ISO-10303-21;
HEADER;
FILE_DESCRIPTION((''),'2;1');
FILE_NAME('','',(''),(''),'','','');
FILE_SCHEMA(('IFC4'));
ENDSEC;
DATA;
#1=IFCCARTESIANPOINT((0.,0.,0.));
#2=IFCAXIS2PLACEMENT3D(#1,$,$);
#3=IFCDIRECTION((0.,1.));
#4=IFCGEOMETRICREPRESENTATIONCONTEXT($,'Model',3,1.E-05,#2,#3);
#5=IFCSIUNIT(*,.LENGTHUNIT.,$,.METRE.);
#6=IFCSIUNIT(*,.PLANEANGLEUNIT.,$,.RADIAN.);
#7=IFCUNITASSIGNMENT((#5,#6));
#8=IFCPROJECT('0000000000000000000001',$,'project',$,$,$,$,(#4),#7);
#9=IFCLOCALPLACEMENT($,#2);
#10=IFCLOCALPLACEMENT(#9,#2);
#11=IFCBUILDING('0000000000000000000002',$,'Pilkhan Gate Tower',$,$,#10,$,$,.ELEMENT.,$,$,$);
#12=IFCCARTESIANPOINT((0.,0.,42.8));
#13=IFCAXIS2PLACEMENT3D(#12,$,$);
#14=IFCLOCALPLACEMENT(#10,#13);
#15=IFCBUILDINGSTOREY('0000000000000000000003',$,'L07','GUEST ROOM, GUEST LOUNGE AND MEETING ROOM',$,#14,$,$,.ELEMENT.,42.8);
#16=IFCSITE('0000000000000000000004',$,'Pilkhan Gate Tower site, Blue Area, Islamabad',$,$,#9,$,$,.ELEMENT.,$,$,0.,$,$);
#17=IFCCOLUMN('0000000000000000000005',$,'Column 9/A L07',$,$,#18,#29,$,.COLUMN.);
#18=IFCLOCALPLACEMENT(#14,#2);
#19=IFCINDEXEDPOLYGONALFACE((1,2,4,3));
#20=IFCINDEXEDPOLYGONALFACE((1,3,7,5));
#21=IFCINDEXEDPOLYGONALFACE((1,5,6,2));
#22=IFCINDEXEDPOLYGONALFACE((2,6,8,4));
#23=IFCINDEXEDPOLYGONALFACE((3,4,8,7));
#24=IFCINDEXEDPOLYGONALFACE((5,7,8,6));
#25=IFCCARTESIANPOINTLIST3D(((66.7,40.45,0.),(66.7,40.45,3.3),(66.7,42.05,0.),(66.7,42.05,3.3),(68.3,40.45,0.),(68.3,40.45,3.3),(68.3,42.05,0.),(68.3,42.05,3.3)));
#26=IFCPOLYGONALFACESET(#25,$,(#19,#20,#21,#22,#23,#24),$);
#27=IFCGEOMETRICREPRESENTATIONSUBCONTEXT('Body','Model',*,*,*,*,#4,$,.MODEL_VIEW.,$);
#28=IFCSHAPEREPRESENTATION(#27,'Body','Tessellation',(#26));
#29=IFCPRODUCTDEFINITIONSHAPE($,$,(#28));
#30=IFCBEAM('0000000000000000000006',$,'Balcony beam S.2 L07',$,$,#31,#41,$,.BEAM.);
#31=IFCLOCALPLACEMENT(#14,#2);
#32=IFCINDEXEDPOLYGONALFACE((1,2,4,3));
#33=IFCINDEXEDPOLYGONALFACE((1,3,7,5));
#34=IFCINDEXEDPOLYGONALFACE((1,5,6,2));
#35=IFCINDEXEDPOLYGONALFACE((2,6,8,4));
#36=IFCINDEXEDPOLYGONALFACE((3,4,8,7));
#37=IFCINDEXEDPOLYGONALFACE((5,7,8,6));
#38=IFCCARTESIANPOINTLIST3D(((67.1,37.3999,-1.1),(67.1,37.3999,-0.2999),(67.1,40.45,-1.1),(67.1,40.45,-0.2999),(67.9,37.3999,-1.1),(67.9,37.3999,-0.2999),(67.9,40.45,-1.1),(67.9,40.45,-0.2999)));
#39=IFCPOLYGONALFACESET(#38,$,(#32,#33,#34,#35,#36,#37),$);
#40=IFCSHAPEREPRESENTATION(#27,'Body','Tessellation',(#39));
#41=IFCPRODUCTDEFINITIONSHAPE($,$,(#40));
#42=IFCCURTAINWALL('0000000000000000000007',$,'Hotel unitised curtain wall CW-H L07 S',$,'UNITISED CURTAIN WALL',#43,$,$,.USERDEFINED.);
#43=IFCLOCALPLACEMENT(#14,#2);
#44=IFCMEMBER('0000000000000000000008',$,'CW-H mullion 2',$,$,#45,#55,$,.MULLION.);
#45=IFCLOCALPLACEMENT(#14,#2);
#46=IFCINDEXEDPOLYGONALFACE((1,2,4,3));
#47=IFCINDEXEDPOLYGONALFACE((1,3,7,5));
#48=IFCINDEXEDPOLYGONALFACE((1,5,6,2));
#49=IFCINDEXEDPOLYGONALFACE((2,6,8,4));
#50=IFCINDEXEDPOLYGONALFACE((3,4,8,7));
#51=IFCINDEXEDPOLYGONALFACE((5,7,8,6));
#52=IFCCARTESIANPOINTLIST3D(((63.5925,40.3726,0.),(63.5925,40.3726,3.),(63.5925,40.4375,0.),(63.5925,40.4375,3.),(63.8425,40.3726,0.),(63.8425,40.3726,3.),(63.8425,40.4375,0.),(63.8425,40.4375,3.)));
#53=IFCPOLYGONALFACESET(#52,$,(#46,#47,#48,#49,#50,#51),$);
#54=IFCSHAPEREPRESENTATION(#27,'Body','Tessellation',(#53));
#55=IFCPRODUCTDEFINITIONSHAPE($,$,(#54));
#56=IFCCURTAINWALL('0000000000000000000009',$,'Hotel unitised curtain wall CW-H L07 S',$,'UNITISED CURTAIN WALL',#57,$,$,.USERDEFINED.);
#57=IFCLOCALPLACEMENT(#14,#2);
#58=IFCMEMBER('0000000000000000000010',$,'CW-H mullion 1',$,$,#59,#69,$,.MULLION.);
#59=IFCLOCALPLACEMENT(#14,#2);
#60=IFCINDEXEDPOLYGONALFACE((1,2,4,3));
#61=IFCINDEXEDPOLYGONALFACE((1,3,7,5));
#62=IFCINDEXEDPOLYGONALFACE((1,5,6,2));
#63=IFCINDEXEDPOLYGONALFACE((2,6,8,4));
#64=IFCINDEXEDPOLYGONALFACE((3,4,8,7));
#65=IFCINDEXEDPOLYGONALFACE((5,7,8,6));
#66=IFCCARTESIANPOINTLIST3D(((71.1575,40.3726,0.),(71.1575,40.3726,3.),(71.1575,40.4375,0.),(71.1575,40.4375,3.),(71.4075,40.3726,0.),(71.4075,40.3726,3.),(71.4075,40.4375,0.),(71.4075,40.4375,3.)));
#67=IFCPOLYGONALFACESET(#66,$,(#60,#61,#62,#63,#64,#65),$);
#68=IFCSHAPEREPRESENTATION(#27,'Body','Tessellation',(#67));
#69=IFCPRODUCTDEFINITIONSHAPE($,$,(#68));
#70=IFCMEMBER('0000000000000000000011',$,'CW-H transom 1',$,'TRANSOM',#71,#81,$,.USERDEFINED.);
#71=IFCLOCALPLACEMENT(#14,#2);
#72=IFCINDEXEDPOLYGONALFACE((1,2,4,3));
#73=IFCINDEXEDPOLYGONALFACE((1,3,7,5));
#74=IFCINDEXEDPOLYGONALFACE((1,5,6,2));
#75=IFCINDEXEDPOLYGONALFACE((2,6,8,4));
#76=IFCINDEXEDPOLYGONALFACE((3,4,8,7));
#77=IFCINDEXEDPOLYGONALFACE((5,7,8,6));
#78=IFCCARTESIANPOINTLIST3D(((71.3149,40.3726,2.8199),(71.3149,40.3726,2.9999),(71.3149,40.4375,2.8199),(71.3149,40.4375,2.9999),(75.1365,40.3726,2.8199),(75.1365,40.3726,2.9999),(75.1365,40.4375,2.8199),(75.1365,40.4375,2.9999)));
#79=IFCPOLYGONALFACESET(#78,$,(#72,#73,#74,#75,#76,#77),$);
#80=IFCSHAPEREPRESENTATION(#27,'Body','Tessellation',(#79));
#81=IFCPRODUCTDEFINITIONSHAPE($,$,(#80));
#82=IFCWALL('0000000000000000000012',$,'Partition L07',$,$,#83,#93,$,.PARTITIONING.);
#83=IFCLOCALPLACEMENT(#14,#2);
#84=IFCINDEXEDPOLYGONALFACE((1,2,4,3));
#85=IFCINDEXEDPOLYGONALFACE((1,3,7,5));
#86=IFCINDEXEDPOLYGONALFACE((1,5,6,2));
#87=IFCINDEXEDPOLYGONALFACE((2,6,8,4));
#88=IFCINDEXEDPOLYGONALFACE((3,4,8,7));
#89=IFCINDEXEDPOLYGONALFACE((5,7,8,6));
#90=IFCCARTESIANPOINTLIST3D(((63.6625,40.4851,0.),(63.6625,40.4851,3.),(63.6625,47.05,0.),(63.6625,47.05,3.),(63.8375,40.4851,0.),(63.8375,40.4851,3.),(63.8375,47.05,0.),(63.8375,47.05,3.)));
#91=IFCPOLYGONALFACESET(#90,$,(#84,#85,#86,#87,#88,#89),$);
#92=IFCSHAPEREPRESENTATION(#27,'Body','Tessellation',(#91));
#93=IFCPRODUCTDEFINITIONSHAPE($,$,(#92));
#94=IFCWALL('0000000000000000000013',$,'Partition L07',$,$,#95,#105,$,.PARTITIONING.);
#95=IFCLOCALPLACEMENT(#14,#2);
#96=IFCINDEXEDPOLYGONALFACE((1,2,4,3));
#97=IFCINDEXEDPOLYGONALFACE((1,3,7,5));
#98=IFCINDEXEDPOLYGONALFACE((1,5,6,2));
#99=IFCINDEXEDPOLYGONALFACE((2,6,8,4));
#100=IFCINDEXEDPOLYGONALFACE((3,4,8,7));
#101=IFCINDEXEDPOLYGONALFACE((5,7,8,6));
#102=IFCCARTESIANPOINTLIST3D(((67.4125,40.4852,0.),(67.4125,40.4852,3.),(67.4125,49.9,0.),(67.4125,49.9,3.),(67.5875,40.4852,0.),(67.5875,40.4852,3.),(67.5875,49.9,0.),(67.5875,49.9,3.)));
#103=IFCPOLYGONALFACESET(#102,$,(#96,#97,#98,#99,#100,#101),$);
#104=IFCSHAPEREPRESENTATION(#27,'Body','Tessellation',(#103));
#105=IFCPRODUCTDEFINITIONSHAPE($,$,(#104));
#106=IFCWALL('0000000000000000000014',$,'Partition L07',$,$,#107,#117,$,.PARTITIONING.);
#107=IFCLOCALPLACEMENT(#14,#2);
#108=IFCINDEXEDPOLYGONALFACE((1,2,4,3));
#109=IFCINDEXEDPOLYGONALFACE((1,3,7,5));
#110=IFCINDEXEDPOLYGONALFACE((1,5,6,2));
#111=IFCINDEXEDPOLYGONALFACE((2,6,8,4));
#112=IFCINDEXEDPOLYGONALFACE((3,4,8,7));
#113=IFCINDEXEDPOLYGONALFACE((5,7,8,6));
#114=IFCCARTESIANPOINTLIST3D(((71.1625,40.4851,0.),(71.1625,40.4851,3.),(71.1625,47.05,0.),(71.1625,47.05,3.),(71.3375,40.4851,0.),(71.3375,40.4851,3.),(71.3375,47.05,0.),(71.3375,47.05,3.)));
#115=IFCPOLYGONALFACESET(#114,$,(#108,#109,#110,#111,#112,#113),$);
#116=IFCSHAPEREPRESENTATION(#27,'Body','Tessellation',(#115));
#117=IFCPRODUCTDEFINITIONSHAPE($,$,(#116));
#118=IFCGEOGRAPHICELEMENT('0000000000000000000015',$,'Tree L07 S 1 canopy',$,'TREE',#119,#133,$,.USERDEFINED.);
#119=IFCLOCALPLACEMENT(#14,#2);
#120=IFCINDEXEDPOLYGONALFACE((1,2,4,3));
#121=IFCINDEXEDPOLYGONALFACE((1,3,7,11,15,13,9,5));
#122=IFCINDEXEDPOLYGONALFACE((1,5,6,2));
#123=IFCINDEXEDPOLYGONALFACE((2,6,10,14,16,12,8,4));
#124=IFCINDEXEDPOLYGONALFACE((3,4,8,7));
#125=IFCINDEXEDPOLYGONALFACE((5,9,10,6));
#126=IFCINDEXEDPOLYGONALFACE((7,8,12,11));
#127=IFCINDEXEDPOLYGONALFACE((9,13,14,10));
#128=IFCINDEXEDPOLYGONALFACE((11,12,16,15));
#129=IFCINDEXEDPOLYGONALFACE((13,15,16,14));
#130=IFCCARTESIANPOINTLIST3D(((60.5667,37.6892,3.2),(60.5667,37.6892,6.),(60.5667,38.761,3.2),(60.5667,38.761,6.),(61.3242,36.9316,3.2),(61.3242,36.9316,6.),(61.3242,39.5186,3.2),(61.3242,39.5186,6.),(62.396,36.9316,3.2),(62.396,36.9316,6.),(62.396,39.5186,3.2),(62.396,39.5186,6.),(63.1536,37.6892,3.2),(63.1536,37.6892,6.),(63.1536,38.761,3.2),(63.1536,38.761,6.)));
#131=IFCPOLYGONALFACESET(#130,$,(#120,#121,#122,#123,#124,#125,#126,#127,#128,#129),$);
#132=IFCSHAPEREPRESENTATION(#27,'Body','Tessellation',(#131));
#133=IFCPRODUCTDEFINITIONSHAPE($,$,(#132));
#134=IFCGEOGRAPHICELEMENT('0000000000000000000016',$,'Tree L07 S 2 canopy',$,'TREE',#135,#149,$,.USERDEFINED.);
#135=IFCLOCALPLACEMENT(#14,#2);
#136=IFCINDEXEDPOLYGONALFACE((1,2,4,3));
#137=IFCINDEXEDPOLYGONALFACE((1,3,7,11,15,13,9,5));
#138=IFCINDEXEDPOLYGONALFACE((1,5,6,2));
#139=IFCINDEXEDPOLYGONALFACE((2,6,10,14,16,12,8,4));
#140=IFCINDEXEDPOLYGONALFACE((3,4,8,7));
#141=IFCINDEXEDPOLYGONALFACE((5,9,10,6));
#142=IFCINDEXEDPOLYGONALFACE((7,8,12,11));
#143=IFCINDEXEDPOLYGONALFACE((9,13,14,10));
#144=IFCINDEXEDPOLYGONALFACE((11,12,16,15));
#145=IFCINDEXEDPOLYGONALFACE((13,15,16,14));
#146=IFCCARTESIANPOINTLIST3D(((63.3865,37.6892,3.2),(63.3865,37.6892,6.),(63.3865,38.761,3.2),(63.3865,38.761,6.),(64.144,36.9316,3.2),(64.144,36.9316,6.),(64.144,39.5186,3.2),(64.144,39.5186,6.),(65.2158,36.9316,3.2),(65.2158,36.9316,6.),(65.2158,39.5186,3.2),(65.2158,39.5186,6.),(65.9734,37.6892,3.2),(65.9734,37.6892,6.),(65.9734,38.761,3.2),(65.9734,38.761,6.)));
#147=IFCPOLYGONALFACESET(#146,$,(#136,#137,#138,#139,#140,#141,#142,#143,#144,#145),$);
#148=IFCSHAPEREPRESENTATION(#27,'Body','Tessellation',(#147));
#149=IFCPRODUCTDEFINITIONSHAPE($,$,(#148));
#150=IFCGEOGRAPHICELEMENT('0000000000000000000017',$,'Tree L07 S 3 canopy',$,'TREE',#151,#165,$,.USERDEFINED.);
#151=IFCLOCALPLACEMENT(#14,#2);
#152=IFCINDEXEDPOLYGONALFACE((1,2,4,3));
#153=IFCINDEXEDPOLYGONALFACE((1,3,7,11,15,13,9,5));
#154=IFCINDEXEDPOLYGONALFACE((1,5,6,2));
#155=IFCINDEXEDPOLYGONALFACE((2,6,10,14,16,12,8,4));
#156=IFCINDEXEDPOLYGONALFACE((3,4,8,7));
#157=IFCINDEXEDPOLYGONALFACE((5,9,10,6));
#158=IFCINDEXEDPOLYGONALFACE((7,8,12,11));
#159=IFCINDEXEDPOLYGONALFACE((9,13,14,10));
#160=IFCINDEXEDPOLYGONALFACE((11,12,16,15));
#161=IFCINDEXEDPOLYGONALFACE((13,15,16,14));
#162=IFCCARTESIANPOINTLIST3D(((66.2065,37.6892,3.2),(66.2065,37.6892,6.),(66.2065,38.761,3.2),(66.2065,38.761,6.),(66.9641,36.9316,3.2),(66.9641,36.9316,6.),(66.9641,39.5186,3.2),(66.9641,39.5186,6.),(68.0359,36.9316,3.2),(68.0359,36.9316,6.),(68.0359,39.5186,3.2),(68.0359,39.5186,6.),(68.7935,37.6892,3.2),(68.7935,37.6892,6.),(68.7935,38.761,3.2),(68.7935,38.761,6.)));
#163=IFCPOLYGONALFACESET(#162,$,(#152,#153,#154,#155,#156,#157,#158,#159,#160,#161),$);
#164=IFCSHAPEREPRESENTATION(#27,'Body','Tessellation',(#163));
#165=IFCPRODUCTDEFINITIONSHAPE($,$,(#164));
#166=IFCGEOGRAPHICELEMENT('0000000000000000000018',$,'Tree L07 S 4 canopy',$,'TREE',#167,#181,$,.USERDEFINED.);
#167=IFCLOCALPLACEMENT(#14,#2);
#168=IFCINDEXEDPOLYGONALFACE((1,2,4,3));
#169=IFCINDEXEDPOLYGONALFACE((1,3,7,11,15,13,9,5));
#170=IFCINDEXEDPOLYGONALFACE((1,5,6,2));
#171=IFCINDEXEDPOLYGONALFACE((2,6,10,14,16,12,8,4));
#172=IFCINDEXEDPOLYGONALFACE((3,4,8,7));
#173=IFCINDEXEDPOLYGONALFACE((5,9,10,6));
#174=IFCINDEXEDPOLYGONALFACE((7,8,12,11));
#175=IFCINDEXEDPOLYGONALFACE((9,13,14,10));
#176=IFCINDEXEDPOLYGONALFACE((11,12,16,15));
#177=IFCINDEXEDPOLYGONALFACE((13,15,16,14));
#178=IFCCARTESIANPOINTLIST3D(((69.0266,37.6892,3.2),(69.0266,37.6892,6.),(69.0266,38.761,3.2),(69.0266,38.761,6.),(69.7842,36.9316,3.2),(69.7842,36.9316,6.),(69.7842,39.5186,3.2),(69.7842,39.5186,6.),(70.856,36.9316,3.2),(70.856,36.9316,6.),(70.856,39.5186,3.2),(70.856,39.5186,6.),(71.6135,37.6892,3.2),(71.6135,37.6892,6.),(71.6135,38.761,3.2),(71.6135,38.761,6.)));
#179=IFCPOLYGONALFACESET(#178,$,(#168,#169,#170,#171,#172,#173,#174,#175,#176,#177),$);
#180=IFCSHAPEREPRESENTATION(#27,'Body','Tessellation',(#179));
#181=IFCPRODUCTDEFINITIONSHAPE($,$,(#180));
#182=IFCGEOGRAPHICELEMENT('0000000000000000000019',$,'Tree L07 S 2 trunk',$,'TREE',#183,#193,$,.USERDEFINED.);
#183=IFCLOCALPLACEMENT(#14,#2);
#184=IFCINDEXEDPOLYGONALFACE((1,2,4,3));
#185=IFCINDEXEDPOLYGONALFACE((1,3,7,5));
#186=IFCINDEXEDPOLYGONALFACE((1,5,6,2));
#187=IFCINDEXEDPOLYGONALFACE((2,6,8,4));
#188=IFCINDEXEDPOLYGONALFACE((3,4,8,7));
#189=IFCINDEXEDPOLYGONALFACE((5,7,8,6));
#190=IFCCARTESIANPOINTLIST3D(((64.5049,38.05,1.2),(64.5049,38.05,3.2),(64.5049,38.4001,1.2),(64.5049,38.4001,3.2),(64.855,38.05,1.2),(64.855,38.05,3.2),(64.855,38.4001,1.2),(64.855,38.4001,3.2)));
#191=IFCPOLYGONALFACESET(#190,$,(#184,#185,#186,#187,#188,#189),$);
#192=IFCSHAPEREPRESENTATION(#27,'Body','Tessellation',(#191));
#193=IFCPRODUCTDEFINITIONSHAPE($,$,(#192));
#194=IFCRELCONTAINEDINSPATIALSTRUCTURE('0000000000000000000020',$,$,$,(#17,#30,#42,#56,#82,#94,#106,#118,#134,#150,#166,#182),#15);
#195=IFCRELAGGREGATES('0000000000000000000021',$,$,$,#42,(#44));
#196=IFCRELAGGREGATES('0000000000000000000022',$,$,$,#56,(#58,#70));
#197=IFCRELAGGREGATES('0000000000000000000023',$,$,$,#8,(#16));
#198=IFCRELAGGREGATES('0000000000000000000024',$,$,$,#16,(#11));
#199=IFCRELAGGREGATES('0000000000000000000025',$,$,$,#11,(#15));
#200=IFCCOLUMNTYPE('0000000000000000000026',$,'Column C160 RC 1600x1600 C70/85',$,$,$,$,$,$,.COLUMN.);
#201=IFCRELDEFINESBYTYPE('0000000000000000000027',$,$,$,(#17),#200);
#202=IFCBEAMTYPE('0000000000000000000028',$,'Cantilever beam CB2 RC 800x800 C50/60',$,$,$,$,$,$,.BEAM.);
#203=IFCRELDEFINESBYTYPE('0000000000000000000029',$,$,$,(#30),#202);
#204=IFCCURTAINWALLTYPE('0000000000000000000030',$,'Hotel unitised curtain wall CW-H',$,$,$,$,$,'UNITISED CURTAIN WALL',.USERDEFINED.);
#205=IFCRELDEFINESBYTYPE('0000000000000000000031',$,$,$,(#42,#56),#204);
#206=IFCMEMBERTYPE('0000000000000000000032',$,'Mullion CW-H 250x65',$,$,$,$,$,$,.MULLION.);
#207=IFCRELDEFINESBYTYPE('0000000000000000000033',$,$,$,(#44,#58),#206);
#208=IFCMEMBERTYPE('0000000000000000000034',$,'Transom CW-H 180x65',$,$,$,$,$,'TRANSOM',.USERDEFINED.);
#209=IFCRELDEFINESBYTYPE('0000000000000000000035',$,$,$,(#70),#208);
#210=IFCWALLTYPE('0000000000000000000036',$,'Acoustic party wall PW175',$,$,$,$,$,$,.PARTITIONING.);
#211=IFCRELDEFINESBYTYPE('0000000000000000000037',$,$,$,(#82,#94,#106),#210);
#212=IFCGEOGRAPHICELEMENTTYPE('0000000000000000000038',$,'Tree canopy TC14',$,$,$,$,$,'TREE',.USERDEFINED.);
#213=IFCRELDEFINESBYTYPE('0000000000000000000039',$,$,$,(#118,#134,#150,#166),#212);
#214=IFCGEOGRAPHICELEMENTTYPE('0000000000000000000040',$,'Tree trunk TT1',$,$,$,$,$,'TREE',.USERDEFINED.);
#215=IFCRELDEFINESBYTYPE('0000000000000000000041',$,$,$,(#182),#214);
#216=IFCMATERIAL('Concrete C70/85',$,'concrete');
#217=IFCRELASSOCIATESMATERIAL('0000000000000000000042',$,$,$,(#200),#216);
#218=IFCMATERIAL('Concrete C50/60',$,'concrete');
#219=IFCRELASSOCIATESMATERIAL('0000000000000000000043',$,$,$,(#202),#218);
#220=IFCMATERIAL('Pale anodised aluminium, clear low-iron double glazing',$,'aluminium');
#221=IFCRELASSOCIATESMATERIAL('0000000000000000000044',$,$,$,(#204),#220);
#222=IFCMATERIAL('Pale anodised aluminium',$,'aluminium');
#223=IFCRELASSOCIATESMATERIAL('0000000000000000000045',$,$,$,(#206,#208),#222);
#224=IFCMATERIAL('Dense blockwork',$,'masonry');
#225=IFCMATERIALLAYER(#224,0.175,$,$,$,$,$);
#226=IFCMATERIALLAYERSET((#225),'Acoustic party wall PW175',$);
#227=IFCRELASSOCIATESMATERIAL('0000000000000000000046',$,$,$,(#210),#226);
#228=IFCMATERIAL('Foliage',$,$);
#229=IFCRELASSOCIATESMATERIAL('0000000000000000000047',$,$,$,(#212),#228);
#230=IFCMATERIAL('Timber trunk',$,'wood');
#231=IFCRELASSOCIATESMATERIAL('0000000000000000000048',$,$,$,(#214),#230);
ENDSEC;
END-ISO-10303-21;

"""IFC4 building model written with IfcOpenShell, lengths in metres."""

from ifc_helpers import new_model, si_unit, direction, frame, frame_2d, origin, origin_2d, place, context, subcontext, project, spatial, polyline, rectangle, outline, extrude, material, layer, layer_set, material_profile, profile_set, type_object, element, aggregate, save


model = new_model("IFC4")

# Units and contexts
model_context = context("Model", 3, precision=1e-05, world=origin(), true_north=direction((0.0, 1.0)))
body_context = subcontext(model_context, "Body", "Model", "MODEL_VIEW")
ifc_project = project(units=[si_unit("LENGTHUNIT", "METRE"), si_unit("PLANEANGLEUNIT", "RADIAN")], contexts=[model_context])

# Site, building, storey
site_placement = place(None, origin())
site = spatial("IfcSite", under=ifc_project, at=site_placement, Name="Pilkhan Gate Tower site, Blue Area, Islamabad", CompositionType="ELEMENT", RefElevation=0.0)
building_placement = place(site_placement, origin())
building = spatial("IfcBuilding", under=site, at=building_placement, Name="Pilkhan Gate Tower", CompositionType="ELEMENT")
storey_placement = place(building_placement, frame((0.0, 0.0, 42.8)))
storey = spatial("IfcBuildingStorey", under=building, at=storey_placement, Name="L07", Description="GUEST ROOM, GUEST LOUNGE AND MEETING ROOM", CompositionType="ELEMENT", Elevation=42.8)

# Column
ifc_material_1 = material(Name="Concrete C70/85", Category="concrete")
ifc_material_profile_1 = material_profile(ifc_material_1, rectangle(XDim=1.6001, YDim=1.6001, at=origin_2d()), Name="RC 1600x1600")
ifc_profile_set_1 = profile_set([ifc_material_profile_1], Name="Concrete C70/85")
column_type = type_object("IfcColumnType", Name="Column C160 RC 1600x1600 C70/85", PredefinedType="COLUMN", material=ifc_profile_set_1)
column_placement = place(storey_placement, frame((67.5, 41.25, 0.0), z_axis=(0.0, 0.0, 1.0), x_axis=(1.0, 0.0, 0.0)))
element("IfcColumn", 1, at=column_placement, inside=storey, type_object=column_type, Name="Column 9/A L07", PredefinedType="COLUMN", context=body_context, shape_type="SweptSolid", body=[
    extrude(rectangle(XDim=1.6001, YDim=1.6001, at=origin_2d()), origin(), (0.0, 0.0, 1.0), 3.3),
])

# Beam
ifc_material_2 = material(Name="Concrete C50/60", Category="concrete")
ifc_material_profile_2 = material_profile(ifc_material_2, rectangle(XDim=0.8, YDim=0.8, at=origin_2d()), Name="RC 800x800")
ifc_profile_set_2 = profile_set([ifc_material_profile_2], Name="Concrete C50/60")
beam_type = type_object("IfcBeamType", Name="Cantilever beam CB2 RC 800x800 C50/60", PredefinedType="BEAM", material=ifc_profile_set_2)
beam_placement = place(storey_placement, frame((67.5, 40.45, -0.7), z_axis=(0.0, -1.0, 0.0), x_axis=(1.0, 0.0, 0.0)))
element("IfcBeam", 2, at=beam_placement, inside=storey, type_object=beam_type, Name="Balcony beam S.2 L07", PredefinedType="BEAM", context=body_context, shape_type="SweptSolid", body=[
    extrude(rectangle(XDim=0.8, YDim=0.8, at=origin_2d()), origin(), (0.0, 0.0, 1.0), 3.05),
])

# Curtain wall, member
ifc_material_3 = material(Name="Pale anodised aluminium, clear low-iron double glazing", Category="aluminium")
curtain_wall_type = type_object("IfcCurtainWallType", Name="Hotel unitised curtain wall CW-H", ElementType="UNITISED CURTAIN WALL", PredefinedType="USERDEFINED", material=ifc_material_3)
curtain_wall_1_placement = place(storey_placement, origin())
curtain_wall_1 = element("IfcCurtainWall", 3, at=curtain_wall_1_placement, inside=storey, type_object=curtain_wall_type, Name="Hotel unitised curtain wall CW-H L07 S", ObjectType="UNITISED CURTAIN WALL", PredefinedType="USERDEFINED")
ifc_material_4 = material(Name="Pale anodised aluminium", Category="aluminium")
ifc_material_profile_3 = material_profile(ifc_material_4, rectangle(XDim=0.0649, YDim=0.25, at=origin_2d()), Name="Mullion 250x65")
ifc_profile_set_3 = profile_set([ifc_material_profile_3], Name="Pale anodised aluminium")
member_type_1 = type_object("IfcMemberType", Name="Mullion CW-H 250x65", PredefinedType="MULLION", material=ifc_profile_set_3)
member_1_placement = place(storey_placement, frame((63.7175, 40.405, 0.0), z_axis=(0.0, 0.0, 1.0), x_axis=(0.0, 1.0, 0.0)))
member_1 = element("IfcMember", 4, at=member_1_placement, type_object=member_type_1, Name="CW-H mullion 2", PredefinedType="MULLION", context=body_context, shape_type="SweptSolid", body=[
    extrude(rectangle(XDim=0.0649, YDim=0.25, at=origin_2d()), origin(), (0.0, 0.0, 1.0), 3.0),
])
aggregate(curtain_wall_1, [member_1])

# Curtain wall, members
curtain_wall_2_placement = place(storey_placement, origin())
curtain_wall_2 = element("IfcCurtainWall", 5, at=curtain_wall_2_placement, inside=storey, type_object=curtain_wall_type, Name="Hotel unitised curtain wall CW-H L07 S", ObjectType="UNITISED CURTAIN WALL", PredefinedType="USERDEFINED")
member_2_placement = place(storey_placement, frame((71.2825, 40.405, 0.0), z_axis=(0.0, 0.0, 1.0), x_axis=(0.0, 1.0, 0.0)))
member_2 = element("IfcMember", 6, at=member_2_placement, type_object=member_type_1, Name="CW-H mullion 1", PredefinedType="MULLION", context=body_context, shape_type="SweptSolid", body=[
    extrude(rectangle(XDim=0.0649, YDim=0.25, at=origin_2d()), origin(), (0.0, 0.0, 1.0), 3.0),
])
ifc_material_profile_4 = material_profile(ifc_material_4, rectangle(XDim=0.0649, YDim=0.1799, at=origin_2d()), Name="Transom 180x65")
ifc_profile_set_4 = profile_set([ifc_material_profile_4], Name="Pale anodised aluminium")
member_type_2 = type_object("IfcMemberType", Name="Transom CW-H 180x65", ElementType="TRANSOM", PredefinedType="USERDEFINED", material=ifc_profile_set_4)
member_3_placement = place(storey_placement, frame((71.3149, 40.405, 2.9099), z_axis=(1.0, 0.0, 0.0), x_axis=(0.0, 1.0, 0.0)))
member_3 = element("IfcMember", 7, at=member_3_placement, type_object=member_type_2, Name="CW-H transom 1", ObjectType="TRANSOM", PredefinedType="USERDEFINED", context=body_context, shape_type="SweptSolid", body=[
    extrude(rectangle(XDim=0.0649, YDim=0.1799, at=origin_2d()), origin(), (0.0, 0.0, 1.0), 3.8215),
])
aggregate(curtain_wall_2, [member_2, member_3])

# Walls
ifc_material_5 = material(Name="Dense blockwork", Category="masonry")
ifc_layer_1 = layer(ifc_material_5, 0.175)
ifc_layer_set_1 = layer_set([ifc_layer_1], Name="Acoustic party wall PW175")
wall_type_1 = type_object("IfcWallType", Name="Acoustic party wall PW175", PredefinedType="PARTITIONING", material=ifc_layer_set_1)
wall_1_placement = place(storey_placement, frame((63.75, 40.4851, 0.0), z_axis=(0.0, 0.0, 1.0), x_axis=(0.0, 1.0, 0.0)))
element("IfcWall", 8, at=wall_1_placement, inside=storey, type_object=wall_type_1, Name="Partition L07", PredefinedType="PARTITIONING", context=body_context, shape_type="SweptSolid", body=[
    extrude(rectangle(XDim=6.5649, YDim=0.175, at=frame_2d((3.2825, 0.0))), origin(), (0.0, 0.0, 1.0), 3.0),
])
wall_2_placement = place(storey_placement, frame((67.5, 40.4851, 0.0), z_axis=(0.0, 0.0, 1.0), x_axis=(0.0, 1.0, 0.0)))
element("IfcWall", 9, at=wall_2_placement, inside=storey, type_object=wall_type_1, Name="Partition L07", PredefinedType="PARTITIONING", context=body_context, shape_type="SweptSolid", body=[
    extrude(rectangle(XDim=9.4148, YDim=0.175, at=frame_2d((4.7075, 0.0))), origin(), (0.0, 0.0, 1.0), 3.0),
])
wall_3_placement = place(storey_placement, frame((71.25, 40.4851, 0.0), z_axis=(0.0, 0.0, 1.0), x_axis=(0.0, 1.0, 0.0)))
element("IfcWall", 10, at=wall_3_placement, inside=storey, type_object=wall_type_1, Name="Partition L07", PredefinedType="PARTITIONING", context=body_context, shape_type="SweptSolid", body=[
    extrude(rectangle(XDim=6.5649, YDim=0.175, at=frame_2d((3.2825, 0.0))), origin(), (0.0, 0.0, 1.0), 3.0),
])

# Geographic elements
ifc_material_6 = material(Name="Foliage")
ifc_material_profile_5 = material_profile(ifc_material_6, outline(polyline([(1.2935, 0.5359), (0.5359, 1.2935), (-0.5359, 1.2935), (-1.2935, 0.5359), (-1.2935, -0.5359), (-0.5359, -1.2935), (0.5359, -1.2935), (1.2935, -0.5359), (1.2935, 0.5359)])), Name="Canopy D2.8")
ifc_profile_set_5 = profile_set([ifc_material_profile_5], Name="Foliage")
geographic_element_type_1 = type_object("IfcGeographicElementType", Name="Tree canopy TC14", ElementType="TREE", PredefinedType="USERDEFINED", material=ifc_profile_set_5)
for number, where, z_axis, x_axis, name in (
    (11, (61.8601, 38.2251, 3.2), (0.0, 0.0, 1.0), (1.0, 0.0, 0.0), "Tree L07 S 1 canopy"),
    (12, (64.6799, 38.2251, 3.2), (0.0, 0.0, 1.0), (1.0, 0.0, 0.0), "Tree L07 S 2 canopy"),
    (13, (67.5, 38.2251, 3.2), (0.0, 0.0, 1.0), (1.0, 0.0, 0.0), "Tree L07 S 3 canopy"),
    (14, (70.3201, 38.2251, 3.2), (0.0, 0.0, 1.0), (1.0, 0.0, 0.0), "Tree L07 S 4 canopy"),
):
    element("IfcGeographicElement", number, at=place(storey_placement, frame(where, z_axis=z_axis, x_axis=x_axis)), inside=storey, type_object=geographic_element_type_1, Name=name, ObjectType="TREE", PredefinedType="USERDEFINED", context=body_context, shape_type="SweptSolid", body=[
        extrude(outline(polyline([(1.2935, 0.5359), (0.5359, 1.2935), (-0.5359, 1.2935), (-1.2935, 0.5359), (-1.2935, -0.5359), (-0.5359, -1.2935), (0.5359, -1.2935), (1.2935, -0.5359), (1.2935, 0.5359)])), origin(), (0.0, 0.0, 1.0), 2.8),
    ])
ifc_material_7 = material(Name="Timber trunk", Category="wood")
geographic_element_type_2 = type_object("IfcGeographicElementType", Name="Tree trunk TT1", ElementType="TREE", PredefinedType="USERDEFINED", material=ifc_material_7)
for number, where, z_axis, x_axis, name in (
    (15, (64.6799, 38.2251, 1.2), (0.0, 0.0, 1.0), (1.0, 0.0, 0.0), "Tree L07 S 2 trunk"),
):
    element("IfcGeographicElement", number, at=place(storey_placement, frame(where, z_axis=z_axis, x_axis=x_axis)), inside=storey, type_object=geographic_element_type_2, Name=name, ObjectType="TREE", PredefinedType="USERDEFINED", context=body_context, shape_type="SweptSolid", body=[
        extrude(rectangle(XDim=0.3501, YDim=0.3501, at=origin_2d()), origin(), (0.0, 0.0, 1.0), 2.0),
    ])

save(model, "model.ifc")
